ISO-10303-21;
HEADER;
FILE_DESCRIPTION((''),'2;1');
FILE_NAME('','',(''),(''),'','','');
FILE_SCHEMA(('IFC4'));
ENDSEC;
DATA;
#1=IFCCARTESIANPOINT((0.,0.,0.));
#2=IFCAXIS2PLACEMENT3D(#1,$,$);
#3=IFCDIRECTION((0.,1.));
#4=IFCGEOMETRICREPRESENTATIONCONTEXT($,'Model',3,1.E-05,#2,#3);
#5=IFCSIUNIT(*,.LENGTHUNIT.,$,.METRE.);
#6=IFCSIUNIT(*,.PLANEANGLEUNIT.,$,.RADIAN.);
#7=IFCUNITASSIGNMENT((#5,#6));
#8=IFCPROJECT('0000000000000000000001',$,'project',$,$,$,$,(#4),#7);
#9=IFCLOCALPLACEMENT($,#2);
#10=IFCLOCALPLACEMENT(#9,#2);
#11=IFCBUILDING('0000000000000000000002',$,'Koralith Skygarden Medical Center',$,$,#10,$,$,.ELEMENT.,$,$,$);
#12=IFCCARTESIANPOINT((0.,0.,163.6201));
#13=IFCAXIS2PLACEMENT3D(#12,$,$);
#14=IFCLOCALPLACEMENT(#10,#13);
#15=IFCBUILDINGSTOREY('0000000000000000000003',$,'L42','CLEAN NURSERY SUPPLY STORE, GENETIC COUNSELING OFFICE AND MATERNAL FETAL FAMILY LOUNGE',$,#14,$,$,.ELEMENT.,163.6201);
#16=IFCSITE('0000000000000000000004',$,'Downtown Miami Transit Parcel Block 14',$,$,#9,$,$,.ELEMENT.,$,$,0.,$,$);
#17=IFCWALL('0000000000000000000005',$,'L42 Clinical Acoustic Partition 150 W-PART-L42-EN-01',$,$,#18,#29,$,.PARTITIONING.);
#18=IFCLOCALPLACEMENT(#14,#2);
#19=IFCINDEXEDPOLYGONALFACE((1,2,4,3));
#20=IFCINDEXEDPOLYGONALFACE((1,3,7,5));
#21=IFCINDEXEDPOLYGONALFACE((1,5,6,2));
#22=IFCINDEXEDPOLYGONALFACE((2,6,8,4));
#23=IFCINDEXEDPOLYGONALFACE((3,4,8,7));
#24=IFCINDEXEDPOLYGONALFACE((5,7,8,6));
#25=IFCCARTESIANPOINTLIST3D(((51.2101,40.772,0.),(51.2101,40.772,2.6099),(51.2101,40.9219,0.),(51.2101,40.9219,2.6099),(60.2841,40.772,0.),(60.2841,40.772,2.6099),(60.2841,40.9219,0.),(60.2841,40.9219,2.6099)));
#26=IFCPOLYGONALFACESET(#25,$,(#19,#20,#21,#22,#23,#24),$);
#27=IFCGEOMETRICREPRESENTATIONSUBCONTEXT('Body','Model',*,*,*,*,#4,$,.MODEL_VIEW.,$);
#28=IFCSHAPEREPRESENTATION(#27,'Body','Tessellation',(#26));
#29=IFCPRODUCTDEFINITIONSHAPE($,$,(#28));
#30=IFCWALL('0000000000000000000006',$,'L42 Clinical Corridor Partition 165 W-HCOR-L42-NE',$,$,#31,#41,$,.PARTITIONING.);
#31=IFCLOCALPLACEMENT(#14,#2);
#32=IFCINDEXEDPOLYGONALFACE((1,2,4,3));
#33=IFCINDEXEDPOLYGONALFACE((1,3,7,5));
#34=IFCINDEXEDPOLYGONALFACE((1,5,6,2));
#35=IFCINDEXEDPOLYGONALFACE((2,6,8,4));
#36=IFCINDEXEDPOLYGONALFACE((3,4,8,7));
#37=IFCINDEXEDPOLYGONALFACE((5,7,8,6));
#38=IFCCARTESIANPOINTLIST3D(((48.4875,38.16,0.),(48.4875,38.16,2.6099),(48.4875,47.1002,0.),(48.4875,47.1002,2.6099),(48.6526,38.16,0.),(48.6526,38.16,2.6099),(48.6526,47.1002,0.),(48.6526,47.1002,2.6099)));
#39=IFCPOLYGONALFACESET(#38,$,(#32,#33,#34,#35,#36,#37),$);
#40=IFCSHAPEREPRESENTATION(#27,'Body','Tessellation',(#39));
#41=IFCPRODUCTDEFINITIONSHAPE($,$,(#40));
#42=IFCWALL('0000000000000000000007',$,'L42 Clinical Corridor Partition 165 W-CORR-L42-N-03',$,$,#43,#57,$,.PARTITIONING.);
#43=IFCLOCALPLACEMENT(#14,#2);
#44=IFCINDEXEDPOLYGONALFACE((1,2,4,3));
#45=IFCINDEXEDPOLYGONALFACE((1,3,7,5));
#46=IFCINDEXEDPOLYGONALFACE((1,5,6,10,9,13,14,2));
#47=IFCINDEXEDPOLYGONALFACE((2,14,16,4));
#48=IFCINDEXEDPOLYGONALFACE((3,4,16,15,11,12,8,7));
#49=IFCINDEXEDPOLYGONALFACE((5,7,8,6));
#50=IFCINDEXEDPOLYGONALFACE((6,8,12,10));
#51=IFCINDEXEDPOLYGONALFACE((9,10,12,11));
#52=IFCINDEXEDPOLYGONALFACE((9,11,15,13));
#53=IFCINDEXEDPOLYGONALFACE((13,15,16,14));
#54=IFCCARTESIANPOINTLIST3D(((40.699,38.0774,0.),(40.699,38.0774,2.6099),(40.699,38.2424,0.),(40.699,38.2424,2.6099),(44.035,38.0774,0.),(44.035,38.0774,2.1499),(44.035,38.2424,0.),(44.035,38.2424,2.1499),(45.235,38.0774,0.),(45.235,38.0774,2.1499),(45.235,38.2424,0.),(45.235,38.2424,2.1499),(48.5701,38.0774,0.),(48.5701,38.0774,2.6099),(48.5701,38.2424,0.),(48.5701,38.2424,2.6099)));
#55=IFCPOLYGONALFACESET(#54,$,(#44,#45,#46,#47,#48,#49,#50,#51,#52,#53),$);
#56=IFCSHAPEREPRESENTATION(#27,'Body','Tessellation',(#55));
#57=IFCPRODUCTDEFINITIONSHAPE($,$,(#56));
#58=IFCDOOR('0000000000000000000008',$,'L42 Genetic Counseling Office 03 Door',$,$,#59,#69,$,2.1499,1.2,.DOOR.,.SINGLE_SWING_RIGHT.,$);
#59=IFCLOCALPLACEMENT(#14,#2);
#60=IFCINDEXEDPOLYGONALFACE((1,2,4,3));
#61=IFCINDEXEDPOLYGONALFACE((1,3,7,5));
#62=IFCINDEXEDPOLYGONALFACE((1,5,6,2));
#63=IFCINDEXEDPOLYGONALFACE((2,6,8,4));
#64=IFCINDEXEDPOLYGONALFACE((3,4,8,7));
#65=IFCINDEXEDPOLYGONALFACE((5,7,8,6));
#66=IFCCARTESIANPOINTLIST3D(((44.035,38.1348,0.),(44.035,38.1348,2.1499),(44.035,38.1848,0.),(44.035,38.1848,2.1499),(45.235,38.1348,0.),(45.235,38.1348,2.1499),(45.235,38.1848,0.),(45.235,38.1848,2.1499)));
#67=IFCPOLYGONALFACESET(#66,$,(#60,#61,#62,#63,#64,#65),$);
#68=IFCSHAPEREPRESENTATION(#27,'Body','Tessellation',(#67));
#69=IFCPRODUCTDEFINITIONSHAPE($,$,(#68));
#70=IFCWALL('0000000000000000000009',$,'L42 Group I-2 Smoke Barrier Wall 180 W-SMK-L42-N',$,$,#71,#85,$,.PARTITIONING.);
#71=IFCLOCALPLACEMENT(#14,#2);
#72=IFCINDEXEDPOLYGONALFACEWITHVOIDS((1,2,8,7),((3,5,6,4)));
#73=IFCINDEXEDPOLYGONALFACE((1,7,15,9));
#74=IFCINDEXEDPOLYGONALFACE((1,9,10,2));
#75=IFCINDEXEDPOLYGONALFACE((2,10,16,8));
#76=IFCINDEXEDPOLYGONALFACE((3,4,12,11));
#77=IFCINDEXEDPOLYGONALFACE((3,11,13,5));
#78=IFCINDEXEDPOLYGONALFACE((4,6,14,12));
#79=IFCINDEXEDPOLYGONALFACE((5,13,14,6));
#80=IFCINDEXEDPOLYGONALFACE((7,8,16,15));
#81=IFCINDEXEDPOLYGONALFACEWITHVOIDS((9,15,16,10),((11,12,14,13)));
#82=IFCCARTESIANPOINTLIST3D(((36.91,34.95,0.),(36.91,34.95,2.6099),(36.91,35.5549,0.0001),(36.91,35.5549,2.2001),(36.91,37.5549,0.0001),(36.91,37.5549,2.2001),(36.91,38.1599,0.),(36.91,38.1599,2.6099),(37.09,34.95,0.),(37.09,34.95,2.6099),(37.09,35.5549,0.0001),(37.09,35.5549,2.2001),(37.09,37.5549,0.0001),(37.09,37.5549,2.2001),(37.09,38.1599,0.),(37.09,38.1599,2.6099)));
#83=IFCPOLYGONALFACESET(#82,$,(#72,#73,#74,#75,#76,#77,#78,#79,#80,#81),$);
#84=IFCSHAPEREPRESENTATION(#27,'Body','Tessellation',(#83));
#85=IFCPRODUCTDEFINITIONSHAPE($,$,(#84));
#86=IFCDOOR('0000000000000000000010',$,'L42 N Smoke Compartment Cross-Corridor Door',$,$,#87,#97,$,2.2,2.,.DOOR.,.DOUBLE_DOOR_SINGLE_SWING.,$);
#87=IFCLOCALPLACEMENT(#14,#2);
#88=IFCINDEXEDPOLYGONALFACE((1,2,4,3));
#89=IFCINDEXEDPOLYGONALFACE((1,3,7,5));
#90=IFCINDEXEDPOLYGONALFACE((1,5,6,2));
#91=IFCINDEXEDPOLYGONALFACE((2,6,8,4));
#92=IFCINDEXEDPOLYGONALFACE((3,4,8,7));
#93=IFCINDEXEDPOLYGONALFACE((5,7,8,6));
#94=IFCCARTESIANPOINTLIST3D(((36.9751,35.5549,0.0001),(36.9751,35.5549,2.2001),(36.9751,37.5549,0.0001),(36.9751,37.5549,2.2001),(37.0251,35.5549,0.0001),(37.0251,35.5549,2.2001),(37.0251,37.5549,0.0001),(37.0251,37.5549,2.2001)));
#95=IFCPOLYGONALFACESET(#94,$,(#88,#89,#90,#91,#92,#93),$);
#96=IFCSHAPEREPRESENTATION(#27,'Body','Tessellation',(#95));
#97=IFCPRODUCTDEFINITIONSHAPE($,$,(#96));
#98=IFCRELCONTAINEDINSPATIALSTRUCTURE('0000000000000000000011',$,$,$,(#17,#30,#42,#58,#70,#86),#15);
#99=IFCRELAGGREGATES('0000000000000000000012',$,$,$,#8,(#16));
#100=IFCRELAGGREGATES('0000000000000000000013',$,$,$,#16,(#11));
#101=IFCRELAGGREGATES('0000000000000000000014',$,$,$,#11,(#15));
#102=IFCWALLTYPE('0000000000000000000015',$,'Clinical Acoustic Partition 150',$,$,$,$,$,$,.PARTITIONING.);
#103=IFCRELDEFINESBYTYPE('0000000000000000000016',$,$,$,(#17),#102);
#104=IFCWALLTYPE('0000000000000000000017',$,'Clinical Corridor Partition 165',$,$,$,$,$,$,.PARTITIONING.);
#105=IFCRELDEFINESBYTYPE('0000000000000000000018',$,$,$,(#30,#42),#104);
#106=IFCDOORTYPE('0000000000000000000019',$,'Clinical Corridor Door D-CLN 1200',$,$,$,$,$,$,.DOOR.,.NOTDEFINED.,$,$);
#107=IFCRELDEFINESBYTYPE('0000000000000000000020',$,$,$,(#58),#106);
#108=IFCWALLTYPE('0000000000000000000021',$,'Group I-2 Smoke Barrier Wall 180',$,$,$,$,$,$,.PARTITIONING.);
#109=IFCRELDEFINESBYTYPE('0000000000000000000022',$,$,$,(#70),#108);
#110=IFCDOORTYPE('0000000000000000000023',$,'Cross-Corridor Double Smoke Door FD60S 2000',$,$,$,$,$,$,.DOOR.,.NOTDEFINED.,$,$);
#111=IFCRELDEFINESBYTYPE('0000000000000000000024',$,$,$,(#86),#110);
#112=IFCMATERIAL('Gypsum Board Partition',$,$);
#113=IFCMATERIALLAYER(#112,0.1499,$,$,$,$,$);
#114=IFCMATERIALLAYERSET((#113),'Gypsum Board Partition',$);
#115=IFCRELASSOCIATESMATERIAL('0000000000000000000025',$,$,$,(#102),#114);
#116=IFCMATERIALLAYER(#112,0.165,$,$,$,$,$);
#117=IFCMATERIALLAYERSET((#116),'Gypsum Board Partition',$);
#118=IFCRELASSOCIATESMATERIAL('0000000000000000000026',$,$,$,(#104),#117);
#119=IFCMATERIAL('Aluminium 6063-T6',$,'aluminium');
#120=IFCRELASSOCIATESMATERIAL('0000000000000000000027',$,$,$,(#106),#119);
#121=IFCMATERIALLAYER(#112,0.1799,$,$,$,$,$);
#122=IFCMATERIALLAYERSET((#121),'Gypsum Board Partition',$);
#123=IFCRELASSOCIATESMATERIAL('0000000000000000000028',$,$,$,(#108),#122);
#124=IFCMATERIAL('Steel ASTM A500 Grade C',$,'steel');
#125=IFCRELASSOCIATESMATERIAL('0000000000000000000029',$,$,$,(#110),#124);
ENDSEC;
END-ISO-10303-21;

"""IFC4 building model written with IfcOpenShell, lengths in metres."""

from ifc_helpers import new_model, si_unit, direction, frame, frame_2d, origin, place, context, subcontext, project, spatial, rectangle, extrude, material, layer, layer_set, type_object, element, fill, save


model = new_model("IFC4")

# Units and contexts
model_context = context("Model", 3, precision=1e-05, world=origin(), true_north=direction((0.0, 1.0)))
body_context = subcontext(model_context, "Body", "Model", "MODEL_VIEW")
ifc_project = project(units=[si_unit("LENGTHUNIT", "METRE"), si_unit("PLANEANGLEUNIT", "RADIAN")], contexts=[model_context])

# Site, building, storey
site_placement = place(None, origin())
site = spatial("IfcSite", under=ifc_project, at=site_placement, Name="Downtown Miami Transit Parcel Block 14", CompositionType="ELEMENT", RefElevation=0.0)
building_placement = place(site_placement, origin())
building = spatial("IfcBuilding", under=site, at=building_placement, Name="Koralith Skygarden Medical Center", CompositionType="ELEMENT")
storey_placement = place(building_placement, frame((0.0, 0.0, 163.6201)))
storey = spatial("IfcBuildingStorey", under=building, at=storey_placement, Name="L42", Description="CLEAN NURSERY SUPPLY STORE, GENETIC COUNSELING OFFICE AND MATERNAL FETAL FAMILY LOUNGE", CompositionType="ELEMENT", Elevation=163.6201)

# Shared definitions
ifc_material_1 = material(Name="Aluminium 6063-T6", Category="aluminium")

# Walls
ifc_material_2 = material(Name="Gypsum Board Partition")
ifc_layer_1 = layer(ifc_material_2, 0.1499)
ifc_layer_set_1 = layer_set([ifc_layer_1], Name="Gypsum Board Partition")
wall_type_1 = type_object("IfcWallType", Name="Clinical Acoustic Partition 150", PredefinedType="PARTITIONING", material=ifc_layer_set_1)
wall_1_placement = place(storey_placement, frame((51.21, 40.8469, 0.0), z_axis=(0.0, 0.0, 1.0), x_axis=(1.0, 0.0, 0.0)))
element("IfcWall", 1, at=wall_1_placement, inside=storey, type_object=wall_type_1, Name="L42 Clinical Acoustic Partition 150 W-PART-L42-EN-01", PredefinedType="PARTITIONING", context=body_context, shape_type="SweptSolid", body=[
    extrude(rectangle(XDim=9.074, YDim=0.1499, at=frame_2d((4.5371, 0.0))), origin(), (0.0, 0.0, 1.0), 2.6099),
])
ifc_layer_2 = layer(ifc_material_2, 0.165)
ifc_layer_set_2 = layer_set([ifc_layer_2], Name="Gypsum Board Partition")
wall_type_2 = type_object("IfcWallType", Name="Clinical Corridor Partition 165", PredefinedType="PARTITIONING", material=ifc_layer_set_2)
wall_2_placement = place(storey_placement, frame((48.5701, 38.1599, 0.0), z_axis=(0.0, 0.0, 1.0), x_axis=(0.0, 1.0, 0.0)))
element("IfcWall", 2, at=wall_2_placement, inside=storey, type_object=wall_type_2, Name="L42 Clinical Corridor Partition 165 W-HCOR-L42-NE", PredefinedType="PARTITIONING", context=body_context, shape_type="SweptSolid", body=[
    extrude(rectangle(XDim=8.9402, YDim=0.165, at=frame_2d((4.4702, 0.0))), origin(), (0.0, 0.0, 1.0), 2.6099),
])

# Walls, openings, doors
wall_3_placement = place(storey_placement, frame((40.699, 38.1599, 0.0), z_axis=(0.0, 0.0, 1.0), x_axis=(1.0, 0.0, 0.0)))
wall_3 = element("IfcWall", 3, at=wall_3_placement, inside=storey, type_object=wall_type_2, Name="L42 Clinical Corridor Partition 165 W-CORR-L42-N-03", PredefinedType="PARTITIONING", context=body_context, shape_type="SweptSolid", body=[
    extrude(rectangle(XDim=7.8711, YDim=0.165, at=frame_2d((3.9355, 0.0))), origin(), (0.0, 0.0, 1.0), 2.6099),
])
opening_1_placement = place(wall_3_placement, frame((3.3359, 0.0, 0.0)))
opening_1 = element("IfcOpeningElement", 4, at=opening_1_placement, cuts=wall_3, PredefinedType="OPENING", context=body_context, shape_type="SweptSolid", body=[
    extrude(rectangle(XDim=1.2, YDim=2.1499, at=frame_2d((0.6001, 1.075))), frame((0.0, 0.0925, 0.0), z_axis=(0.0, -1.0, 0.0), x_axis=(1.0, 0.0, 0.0)), (0.0, 0.0, 1.0), 0.1851),
])
door_type_1 = type_object("IfcDoorType", Name="Clinical Corridor Door D-CLN 1200", OperationType="NOTDEFINED", PredefinedType="DOOR", material=ifc_material_1)
door_1_placement = place(opening_1_placement, origin())
door_1 = element("IfcDoor", 5, at=door_1_placement, inside=storey, type_object=door_type_1, Name="L42 Genetic Counseling Office 03 Door", OperationType="SINGLE_SWING_RIGHT", OverallHeight=2.1499, OverallWidth=1.2, PredefinedType="DOOR", context=body_context, shape_type="SweptSolid", body=[
    extrude(rectangle(XDim=1.2, YDim=2.1499, at=frame_2d((0.6001, 1.075))), frame((0.0, 0.0249, 0.0), z_axis=(0.0, -1.0, 0.0), x_axis=(1.0, 0.0, 0.0)), (0.0, 0.0, 1.0), 0.05),
])
fill(opening_1, door_1)
ifc_layer_3 = layer(ifc_material_2, 0.1799)
ifc_layer_set_3 = layer_set([ifc_layer_3], Name="Gypsum Board Partition")
wall_type_3 = type_object("IfcWallType", Name="Group I-2 Smoke Barrier Wall 180", PredefinedType="PARTITIONING", material=ifc_layer_set_3)
wall_4_placement = place(storey_placement, frame((37.0, 34.95, 0.0), z_axis=(0.0, 0.0, 1.0), x_axis=(0.0, 1.0, 0.0)))
wall_4 = element("IfcWall", 6, at=wall_4_placement, inside=storey, type_object=wall_type_3, Name="L42 Group I-2 Smoke Barrier Wall 180 W-SMK-L42-N", PredefinedType="PARTITIONING", context=body_context, shape_type="SweptSolid", body=[
    extrude(rectangle(XDim=3.21, YDim=0.1799, at=frame_2d((1.605, 0.0))), origin(), (0.0, 0.0, 1.0), 2.6099),
])
opening_2_placement = place(wall_4_placement, frame((0.605, 0.0, 0.0)))
opening_2 = element("IfcOpeningElement", 7, at=opening_2_placement, cuts=wall_4, PredefinedType="OPENING", context=body_context, shape_type="SweptSolid", body=[
    extrude(rectangle(XDim=2.0, YDim=2.2, at=frame_2d((1.0, 1.1001))), frame((0.0, 0.0999, 0.0), z_axis=(0.0, -1.0, 0.0), x_axis=(1.0, 0.0, 0.0)), (0.0, 0.0, 1.0), 0.2),
])
ifc_material_3 = material(Name="Steel ASTM A500 Grade C", Category="steel")
door_type_2 = type_object("IfcDoorType", Name="Cross-Corridor Double Smoke Door FD60S 2000", OperationType="NOTDEFINED", PredefinedType="DOOR", material=ifc_material_3)
door_2_placement = place(opening_2_placement, origin())
door_2 = element("IfcDoor", 8, at=door_2_placement, inside=storey, type_object=door_type_2, Name="L42 N Smoke Compartment Cross-Corridor Door", OperationType="DOUBLE_DOOR_SINGLE_SWING", OverallHeight=2.2, OverallWidth=2.0, PredefinedType="DOOR", context=body_context, shape_type="SweptSolid", body=[
    extrude(rectangle(XDim=2.0, YDim=2.2, at=frame_2d((1.0, 1.1001))), frame((0.0, 0.0249, 0.0), z_axis=(0.0, -1.0, 0.0), x_axis=(1.0, 0.0, 0.0)), (0.0, 0.0, 1.0), 0.05),
])
fill(opening_2, door_2)

save(model, "model.ifc")
